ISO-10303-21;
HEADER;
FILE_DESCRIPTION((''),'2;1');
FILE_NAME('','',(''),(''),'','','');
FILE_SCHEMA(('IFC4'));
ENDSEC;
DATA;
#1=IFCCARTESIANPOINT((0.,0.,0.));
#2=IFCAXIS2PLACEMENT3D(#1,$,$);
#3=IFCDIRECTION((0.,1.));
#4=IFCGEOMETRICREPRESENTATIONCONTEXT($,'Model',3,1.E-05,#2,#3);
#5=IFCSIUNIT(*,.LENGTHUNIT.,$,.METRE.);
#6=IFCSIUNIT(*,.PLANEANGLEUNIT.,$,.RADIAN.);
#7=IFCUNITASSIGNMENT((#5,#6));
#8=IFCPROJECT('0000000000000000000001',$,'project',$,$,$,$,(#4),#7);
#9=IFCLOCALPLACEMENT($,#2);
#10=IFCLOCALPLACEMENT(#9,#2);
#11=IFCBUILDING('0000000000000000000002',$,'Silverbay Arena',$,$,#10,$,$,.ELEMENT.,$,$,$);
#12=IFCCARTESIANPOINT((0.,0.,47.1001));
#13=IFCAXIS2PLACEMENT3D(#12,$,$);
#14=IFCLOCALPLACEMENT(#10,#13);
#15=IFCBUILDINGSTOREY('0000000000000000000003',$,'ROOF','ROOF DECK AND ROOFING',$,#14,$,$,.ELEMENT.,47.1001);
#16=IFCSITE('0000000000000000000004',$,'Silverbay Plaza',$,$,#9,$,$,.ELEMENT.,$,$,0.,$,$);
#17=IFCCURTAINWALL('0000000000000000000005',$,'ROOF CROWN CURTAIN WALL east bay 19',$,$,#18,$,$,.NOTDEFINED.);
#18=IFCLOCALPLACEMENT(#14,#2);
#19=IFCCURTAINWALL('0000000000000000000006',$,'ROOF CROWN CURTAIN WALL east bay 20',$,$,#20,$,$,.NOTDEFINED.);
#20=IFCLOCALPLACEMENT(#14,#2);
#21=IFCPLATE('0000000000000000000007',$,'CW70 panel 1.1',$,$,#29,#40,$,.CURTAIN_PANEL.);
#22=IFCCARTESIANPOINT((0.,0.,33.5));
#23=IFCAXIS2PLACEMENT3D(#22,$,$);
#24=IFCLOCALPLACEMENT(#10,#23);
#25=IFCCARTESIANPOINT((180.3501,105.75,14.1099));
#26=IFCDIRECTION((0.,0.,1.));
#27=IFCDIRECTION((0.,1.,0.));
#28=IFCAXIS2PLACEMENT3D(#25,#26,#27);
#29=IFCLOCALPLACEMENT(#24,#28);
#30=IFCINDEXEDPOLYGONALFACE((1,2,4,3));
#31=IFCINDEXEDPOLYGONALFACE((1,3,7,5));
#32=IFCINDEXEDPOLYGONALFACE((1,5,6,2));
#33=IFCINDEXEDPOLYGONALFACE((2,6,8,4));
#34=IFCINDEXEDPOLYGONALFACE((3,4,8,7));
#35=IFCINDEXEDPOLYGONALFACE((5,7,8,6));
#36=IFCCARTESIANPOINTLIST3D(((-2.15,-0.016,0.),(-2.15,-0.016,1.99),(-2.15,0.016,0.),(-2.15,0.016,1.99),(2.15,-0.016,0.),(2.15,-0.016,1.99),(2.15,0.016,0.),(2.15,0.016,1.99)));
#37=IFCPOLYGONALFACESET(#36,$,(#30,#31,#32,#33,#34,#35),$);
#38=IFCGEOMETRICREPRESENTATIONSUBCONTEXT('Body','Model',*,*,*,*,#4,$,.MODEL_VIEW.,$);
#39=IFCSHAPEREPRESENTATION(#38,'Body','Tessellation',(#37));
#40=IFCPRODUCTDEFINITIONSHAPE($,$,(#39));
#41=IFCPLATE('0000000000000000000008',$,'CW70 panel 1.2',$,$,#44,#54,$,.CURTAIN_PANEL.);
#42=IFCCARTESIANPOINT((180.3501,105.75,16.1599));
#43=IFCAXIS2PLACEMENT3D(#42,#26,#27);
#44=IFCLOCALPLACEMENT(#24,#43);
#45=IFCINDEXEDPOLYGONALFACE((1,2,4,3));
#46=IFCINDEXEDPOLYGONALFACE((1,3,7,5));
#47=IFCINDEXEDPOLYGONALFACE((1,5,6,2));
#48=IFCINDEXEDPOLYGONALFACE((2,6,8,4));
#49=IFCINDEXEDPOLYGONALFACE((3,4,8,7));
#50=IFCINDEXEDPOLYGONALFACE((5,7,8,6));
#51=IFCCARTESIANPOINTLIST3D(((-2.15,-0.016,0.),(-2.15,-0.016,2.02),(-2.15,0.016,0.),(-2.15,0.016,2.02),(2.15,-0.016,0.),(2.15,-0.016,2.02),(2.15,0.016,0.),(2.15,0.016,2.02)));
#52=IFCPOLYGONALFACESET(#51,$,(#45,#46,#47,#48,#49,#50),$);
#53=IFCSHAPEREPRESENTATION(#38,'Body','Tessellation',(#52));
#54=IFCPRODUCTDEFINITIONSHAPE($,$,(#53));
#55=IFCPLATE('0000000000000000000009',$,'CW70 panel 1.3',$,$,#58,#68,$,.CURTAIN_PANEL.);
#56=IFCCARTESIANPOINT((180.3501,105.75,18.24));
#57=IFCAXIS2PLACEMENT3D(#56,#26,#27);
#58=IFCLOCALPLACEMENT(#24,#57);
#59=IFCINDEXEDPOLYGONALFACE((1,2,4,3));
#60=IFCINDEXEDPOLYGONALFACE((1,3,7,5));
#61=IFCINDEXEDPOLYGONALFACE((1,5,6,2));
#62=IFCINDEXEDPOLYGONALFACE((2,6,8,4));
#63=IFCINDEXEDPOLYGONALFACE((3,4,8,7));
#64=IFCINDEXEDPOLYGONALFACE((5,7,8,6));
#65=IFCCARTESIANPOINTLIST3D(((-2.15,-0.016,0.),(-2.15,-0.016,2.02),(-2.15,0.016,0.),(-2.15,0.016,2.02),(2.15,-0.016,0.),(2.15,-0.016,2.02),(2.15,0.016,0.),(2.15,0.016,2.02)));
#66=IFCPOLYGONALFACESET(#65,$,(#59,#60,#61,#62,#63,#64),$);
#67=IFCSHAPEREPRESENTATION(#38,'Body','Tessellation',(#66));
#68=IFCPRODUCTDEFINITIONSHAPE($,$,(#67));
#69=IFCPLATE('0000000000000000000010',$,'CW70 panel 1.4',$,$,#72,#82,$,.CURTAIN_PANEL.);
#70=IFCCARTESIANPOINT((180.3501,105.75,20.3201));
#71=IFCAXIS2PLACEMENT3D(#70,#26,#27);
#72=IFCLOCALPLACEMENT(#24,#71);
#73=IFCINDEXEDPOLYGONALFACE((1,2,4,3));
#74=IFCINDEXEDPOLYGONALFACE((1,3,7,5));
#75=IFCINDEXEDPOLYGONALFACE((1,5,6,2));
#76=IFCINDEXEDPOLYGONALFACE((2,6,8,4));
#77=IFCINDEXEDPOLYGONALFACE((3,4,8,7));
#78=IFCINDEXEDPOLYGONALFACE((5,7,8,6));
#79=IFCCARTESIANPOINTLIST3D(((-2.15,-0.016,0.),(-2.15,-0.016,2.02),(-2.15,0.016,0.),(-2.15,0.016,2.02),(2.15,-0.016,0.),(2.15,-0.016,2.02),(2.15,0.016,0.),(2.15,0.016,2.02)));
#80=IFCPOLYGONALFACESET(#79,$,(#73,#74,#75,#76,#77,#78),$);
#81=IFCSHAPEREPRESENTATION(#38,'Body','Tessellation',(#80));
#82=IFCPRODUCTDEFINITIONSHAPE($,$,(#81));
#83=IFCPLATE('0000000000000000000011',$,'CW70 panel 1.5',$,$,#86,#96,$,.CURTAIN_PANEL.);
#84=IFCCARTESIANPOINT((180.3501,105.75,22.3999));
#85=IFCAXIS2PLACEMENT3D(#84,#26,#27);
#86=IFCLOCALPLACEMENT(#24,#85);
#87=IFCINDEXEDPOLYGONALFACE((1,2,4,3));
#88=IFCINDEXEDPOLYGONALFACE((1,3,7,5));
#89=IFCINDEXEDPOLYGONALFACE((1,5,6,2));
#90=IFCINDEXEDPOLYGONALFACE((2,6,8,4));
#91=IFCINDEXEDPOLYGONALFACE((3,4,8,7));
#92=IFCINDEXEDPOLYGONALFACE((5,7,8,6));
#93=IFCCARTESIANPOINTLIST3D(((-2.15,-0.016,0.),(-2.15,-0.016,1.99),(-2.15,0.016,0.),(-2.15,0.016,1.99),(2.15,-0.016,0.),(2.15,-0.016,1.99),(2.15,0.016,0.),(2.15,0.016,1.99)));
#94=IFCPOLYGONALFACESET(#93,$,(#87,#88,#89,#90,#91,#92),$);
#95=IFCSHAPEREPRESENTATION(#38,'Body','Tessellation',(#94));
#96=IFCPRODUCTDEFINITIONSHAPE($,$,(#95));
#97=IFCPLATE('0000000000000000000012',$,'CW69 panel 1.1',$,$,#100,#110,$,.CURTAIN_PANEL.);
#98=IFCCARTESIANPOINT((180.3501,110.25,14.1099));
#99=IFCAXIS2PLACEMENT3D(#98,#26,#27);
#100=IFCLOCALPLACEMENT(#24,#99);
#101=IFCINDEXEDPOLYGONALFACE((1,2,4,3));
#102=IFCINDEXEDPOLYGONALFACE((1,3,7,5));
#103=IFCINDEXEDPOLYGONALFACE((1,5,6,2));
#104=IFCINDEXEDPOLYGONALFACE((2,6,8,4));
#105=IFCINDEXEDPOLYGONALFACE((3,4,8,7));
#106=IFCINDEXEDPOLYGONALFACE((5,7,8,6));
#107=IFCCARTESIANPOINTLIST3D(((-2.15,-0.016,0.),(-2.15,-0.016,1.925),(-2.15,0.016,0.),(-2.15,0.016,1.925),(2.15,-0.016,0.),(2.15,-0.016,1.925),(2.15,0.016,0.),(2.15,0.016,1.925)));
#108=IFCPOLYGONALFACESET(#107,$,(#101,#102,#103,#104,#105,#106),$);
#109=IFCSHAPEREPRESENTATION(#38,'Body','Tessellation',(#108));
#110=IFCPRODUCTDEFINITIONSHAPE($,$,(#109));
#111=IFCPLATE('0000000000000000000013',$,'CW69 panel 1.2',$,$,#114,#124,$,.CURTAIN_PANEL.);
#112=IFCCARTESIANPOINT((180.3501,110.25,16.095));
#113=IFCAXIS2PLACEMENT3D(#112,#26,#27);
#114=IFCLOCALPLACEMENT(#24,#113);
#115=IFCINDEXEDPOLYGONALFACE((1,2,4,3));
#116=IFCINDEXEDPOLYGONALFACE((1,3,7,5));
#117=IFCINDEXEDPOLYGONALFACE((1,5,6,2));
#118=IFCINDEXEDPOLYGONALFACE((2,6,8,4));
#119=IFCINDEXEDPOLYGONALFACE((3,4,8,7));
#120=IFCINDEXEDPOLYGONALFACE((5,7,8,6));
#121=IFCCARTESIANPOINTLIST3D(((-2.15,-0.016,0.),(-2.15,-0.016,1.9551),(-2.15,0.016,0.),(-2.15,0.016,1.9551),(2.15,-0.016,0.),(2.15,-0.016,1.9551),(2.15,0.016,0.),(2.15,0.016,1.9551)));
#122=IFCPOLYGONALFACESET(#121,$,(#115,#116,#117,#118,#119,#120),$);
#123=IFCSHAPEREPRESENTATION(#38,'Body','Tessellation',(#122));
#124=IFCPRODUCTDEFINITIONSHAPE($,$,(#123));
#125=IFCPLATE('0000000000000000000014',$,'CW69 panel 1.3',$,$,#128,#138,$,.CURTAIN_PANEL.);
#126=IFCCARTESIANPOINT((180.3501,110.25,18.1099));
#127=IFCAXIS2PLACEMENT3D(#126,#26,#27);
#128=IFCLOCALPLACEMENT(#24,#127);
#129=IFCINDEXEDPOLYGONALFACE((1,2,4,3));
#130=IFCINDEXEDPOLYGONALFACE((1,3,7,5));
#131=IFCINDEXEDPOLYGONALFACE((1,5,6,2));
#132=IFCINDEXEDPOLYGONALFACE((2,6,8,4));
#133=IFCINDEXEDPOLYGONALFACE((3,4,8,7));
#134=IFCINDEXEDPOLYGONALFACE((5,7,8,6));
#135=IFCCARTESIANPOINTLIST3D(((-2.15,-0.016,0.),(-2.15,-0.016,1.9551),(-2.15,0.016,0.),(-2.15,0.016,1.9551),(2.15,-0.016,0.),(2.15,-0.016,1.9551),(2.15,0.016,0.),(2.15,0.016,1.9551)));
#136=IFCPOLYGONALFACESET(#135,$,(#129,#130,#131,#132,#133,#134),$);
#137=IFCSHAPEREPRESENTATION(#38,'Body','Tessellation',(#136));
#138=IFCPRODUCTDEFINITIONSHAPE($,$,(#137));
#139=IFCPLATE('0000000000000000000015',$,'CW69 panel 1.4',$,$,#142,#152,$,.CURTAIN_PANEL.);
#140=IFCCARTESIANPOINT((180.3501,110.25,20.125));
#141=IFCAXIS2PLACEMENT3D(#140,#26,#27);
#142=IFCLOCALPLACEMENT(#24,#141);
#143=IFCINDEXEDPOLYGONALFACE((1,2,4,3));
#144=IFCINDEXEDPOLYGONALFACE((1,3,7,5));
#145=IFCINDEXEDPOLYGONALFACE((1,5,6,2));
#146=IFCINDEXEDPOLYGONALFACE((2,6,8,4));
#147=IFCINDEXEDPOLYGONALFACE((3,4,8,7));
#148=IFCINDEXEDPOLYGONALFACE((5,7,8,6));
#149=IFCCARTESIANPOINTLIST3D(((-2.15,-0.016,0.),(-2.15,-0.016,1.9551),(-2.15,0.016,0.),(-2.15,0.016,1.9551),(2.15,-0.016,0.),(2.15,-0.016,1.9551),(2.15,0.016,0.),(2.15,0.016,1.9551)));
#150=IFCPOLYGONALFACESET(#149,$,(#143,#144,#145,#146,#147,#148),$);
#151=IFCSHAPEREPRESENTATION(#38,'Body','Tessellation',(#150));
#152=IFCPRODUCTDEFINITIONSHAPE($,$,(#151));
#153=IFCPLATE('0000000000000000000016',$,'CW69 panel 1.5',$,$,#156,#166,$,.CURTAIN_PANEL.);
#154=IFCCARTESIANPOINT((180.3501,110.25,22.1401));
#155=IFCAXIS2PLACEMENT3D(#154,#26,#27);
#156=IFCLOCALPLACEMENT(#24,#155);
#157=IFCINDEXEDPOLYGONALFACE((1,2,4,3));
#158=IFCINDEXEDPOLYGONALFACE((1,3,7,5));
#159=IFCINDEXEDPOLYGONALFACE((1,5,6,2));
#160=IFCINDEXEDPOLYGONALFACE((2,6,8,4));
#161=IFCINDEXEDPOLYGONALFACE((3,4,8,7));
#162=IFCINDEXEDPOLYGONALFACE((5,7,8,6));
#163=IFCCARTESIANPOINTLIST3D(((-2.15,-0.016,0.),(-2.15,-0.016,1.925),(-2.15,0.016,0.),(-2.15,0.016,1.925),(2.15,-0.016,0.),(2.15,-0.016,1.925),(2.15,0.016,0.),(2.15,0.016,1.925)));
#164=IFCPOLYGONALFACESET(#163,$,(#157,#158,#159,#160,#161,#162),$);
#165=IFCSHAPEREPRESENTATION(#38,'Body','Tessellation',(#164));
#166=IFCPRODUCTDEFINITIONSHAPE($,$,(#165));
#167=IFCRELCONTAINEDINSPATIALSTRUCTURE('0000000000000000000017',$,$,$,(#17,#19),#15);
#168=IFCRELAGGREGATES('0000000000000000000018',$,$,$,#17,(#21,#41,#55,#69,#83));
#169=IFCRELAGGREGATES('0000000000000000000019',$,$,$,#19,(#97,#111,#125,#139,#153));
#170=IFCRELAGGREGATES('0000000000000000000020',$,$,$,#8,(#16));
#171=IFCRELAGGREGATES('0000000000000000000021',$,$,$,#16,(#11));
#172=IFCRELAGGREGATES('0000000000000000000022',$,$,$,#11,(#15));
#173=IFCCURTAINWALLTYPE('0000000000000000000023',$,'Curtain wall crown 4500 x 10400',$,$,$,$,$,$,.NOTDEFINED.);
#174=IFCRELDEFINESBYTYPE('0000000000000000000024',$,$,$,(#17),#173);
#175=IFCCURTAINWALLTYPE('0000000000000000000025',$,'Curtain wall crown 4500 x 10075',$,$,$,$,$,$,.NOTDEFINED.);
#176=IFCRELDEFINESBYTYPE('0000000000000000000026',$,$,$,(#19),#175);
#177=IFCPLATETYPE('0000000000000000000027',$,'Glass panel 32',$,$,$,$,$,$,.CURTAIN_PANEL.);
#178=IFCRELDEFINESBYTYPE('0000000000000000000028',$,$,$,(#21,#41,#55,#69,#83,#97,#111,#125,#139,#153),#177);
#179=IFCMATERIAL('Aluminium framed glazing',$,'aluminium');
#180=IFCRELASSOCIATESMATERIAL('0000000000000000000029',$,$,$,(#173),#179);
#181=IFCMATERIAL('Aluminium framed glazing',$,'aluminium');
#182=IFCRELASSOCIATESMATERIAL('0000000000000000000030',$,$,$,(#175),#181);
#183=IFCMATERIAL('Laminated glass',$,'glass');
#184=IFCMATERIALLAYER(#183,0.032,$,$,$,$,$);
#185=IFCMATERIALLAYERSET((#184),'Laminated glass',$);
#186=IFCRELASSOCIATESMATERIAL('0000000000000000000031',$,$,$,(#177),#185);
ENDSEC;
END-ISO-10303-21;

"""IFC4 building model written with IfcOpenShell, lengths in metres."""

from ifc_helpers import new_model, si_unit, direction, frame, origin, origin_2d, place, context, subcontext, project, spatial, rectangle, extrude, material, layer, layer_set, type_object, element, aggregate, save


model = new_model("IFC4")

# Units and contexts
model_context = context("Model", 3, precision=1e-05, world=origin(), true_north=direction((0.0, 1.0)))
body_context = subcontext(model_context, "Body", "Model", "MODEL_VIEW")
ifc_project = project(units=[si_unit("LENGTHUNIT", "METRE"), si_unit("PLANEANGLEUNIT", "RADIAN")], contexts=[model_context])

# Site, building, storey
site_placement = place(None, origin())
site = spatial("IfcSite", under=ifc_project, at=site_placement, Name="Silverbay Plaza", CompositionType="ELEMENT", RefElevation=0.0)
building_placement = place(site_placement, origin())
building = spatial("IfcBuilding", under=site, at=building_placement, Name="Silverbay Arena", CompositionType="ELEMENT")
storey_placement = place(building_placement, frame((0.0, 0.0, 47.1001)))
storey = spatial("IfcBuildingStorey", under=building, at=storey_placement, Name="ROOF", Description="ROOF DECK AND ROOFING", CompositionType="ELEMENT", Elevation=47.1001)

# Curtain wall
ifc_material_1 = material(Name="Aluminium framed glazing", Category="aluminium")
curtain_wall_type_1 = type_object("IfcCurtainWallType", Name="Curtain wall crown 4500 x 10400", PredefinedType="NOTDEFINED", material=ifc_material_1)
curtain_wall_1_placement = place(storey_placement, origin())
curtain_wall_1 = element("IfcCurtainWall", 1, at=curtain_wall_1_placement, inside=storey, type_object=curtain_wall_type_1, Name="ROOF CROWN CURTAIN WALL east bay 19", PredefinedType="NOTDEFINED")
placement = place(building_placement, frame((0.0, 0.0, 33.5)))

# Curtain wall
ifc_material_2 = material(Name="Aluminium framed glazing", Category="aluminium")
curtain_wall_type_2 = type_object("IfcCurtainWallType", Name="Curtain wall crown 4500 x 10075", PredefinedType="NOTDEFINED", material=ifc_material_2)
curtain_wall_2_placement = place(storey_placement, origin())
curtain_wall_2 = element("IfcCurtainWall", 2, at=curtain_wall_2_placement, inside=storey, type_object=curtain_wall_type_2, Name="ROOF CROWN CURTAIN WALL east bay 20", PredefinedType="NOTDEFINED")

# Plates
ifc_material_3 = material(Name="Laminated glass", Category="glass")
ifc_layer_1 = layer(ifc_material_3, 0.032)
ifc_layer_set_1 = layer_set([ifc_layer_1], Name="Laminated glass")
plate_type = type_object("IfcPlateType", Name="Glass panel 32", PredefinedType="CURTAIN_PANEL", material=ifc_layer_set_1)
plate_1_placement = place(placement, frame((180.3501, 105.75, 14.1099), z_axis=(0.0, 0.0, 1.0), x_axis=(0.0, 1.0, 0.0)))
plate_1 = element("IfcPlate", 3, at=plate_1_placement, type_object=plate_type, Name="CW70 panel 1.1", PredefinedType="CURTAIN_PANEL", context=body_context, shape_type="SweptSolid", body=[
    extrude(rectangle(XDim=4.3, YDim=0.032, at=origin_2d()), origin(), (0.0, 0.0, 1.0), 1.99),
])
plate_2_placement = place(placement, frame((180.3501, 105.75, 16.1599), z_axis=(0.0, 0.0, 1.0), x_axis=(0.0, 1.0, 0.0)))
plate_2 = element("IfcPlate", 4, at=plate_2_placement, type_object=plate_type, Name="CW70 panel 1.2", PredefinedType="CURTAIN_PANEL", context=body_context, shape_type="SweptSolid", body=[
    extrude(rectangle(XDim=4.3, YDim=0.032, at=origin_2d()), origin(), (0.0, 0.0, 1.0), 2.02),
])
plate_3_placement = place(placement, frame((180.3501, 105.75, 18.24), z_axis=(0.0, 0.0, 1.0), x_axis=(0.0, 1.0, 0.0)))
plate_3 = element("IfcPlate", 5, at=plate_3_placement, type_object=plate_type, Name="CW70 panel 1.3", PredefinedType="CURTAIN_PANEL", context=body_context, shape_type="SweptSolid", body=[
    extrude(rectangle(XDim=4.3, YDim=0.032, at=origin_2d()), origin(), (0.0, 0.0, 1.0), 2.02),
])
plate_4_placement = place(placement, frame((180.3501, 105.75, 20.3201), z_axis=(0.0, 0.0, 1.0), x_axis=(0.0, 1.0, 0.0)))
plate_4 = element("IfcPlate", 6, at=plate_4_placement, type_object=plate_type, Name="CW70 panel 1.4", PredefinedType="CURTAIN_PANEL", context=body_context, shape_type="SweptSolid", body=[
    extrude(rectangle(XDim=4.3, YDim=0.032, at=origin_2d()), origin(), (0.0, 0.0, 1.0), 2.02),
])
plate_5_placement = place(placement, frame((180.3501, 105.75, 22.3999), z_axis=(0.0, 0.0, 1.0), x_axis=(0.0, 1.0, 0.0)))
plate_5 = element("IfcPlate", 7, at=plate_5_placement, type_object=plate_type, Name="CW70 panel 1.5", PredefinedType="CURTAIN_PANEL", context=body_context, shape_type="SweptSolid", body=[
    extrude(rectangle(XDim=4.3, YDim=0.032, at=origin_2d()), origin(), (0.0, 0.0, 1.0), 1.99),
])
aggregate(curtain_wall_1, [plate_1, plate_2, plate_3, plate_4, plate_5])
plate_6_placement = place(placement, frame((180.3501, 110.25, 14.1099), z_axis=(0.0, 0.0, 1.0), x_axis=(0.0, 1.0, 0.0)))
plate_6 = element("IfcPlate", 8, at=plate_6_placement, type_object=plate_type, Name="CW69 panel 1.1", PredefinedType="CURTAIN_PANEL", context=body_context, shape_type="SweptSolid", body=[
    extrude(rectangle(XDim=4.3, YDim=0.032, at=origin_2d()), origin(), (0.0, 0.0, 1.0), 1.925),
])
plate_7_placement = place(placement, frame((180.3501, 110.25, 16.095), z_axis=(0.0, 0.0, 1.0), x_axis=(0.0, 1.0, 0.0)))
plate_7 = element("IfcPlate", 9, at=plate_7_placement, type_object=plate_type, Name="CW69 panel 1.2", PredefinedType="CURTAIN_PANEL", context=body_context, shape_type="SweptSolid", body=[
    extrude(rectangle(XDim=4.3, YDim=0.032, at=origin_2d()), origin(), (0.0, 0.0, 1.0), 1.9551),
])
plate_8_placement = place(placement, frame((180.3501, 110.25, 18.1099), z_axis=(0.0, 0.0, 1.0), x_axis=(0.0, 1.0, 0.0)))
plate_8 = element("IfcPlate", 10, at=plate_8_placement, type_object=plate_type, Name="CW69 panel 1.3", PredefinedType="CURTAIN_PANEL", context=body_context, shape_type="SweptSolid", body=[
    extrude(rectangle(XDim=4.3, YDim=0.032, at=origin_2d()), origin(), (0.0, 0.0, 1.0), 1.9551),
])
plate_9_placement = place(placement, frame((180.3501, 110.25, 20.125), z_axis=(0.0, 0.0, 1.0), x_axis=(0.0, 1.0, 0.0)))
plate_9 = element("IfcPlate", 11, at=plate_9_placement, type_object=plate_type, Name="CW69 panel 1.4", PredefinedType="CURTAIN_PANEL", context=body_context, shape_type="SweptSolid", body=[
    extrude(rectangle(XDim=4.3, YDim=0.032, at=origin_2d()), origin(), (0.0, 0.0, 1.0), 1.9551),
])
plate_10_placement = place(placement, frame((180.3501, 110.25, 22.1401), z_axis=(0.0, 0.0, 1.0), x_axis=(0.0, 1.0, 0.0)))
plate_10 = element("IfcPlate", 12, at=plate_10_placement, type_object=plate_type, Name="CW69 panel 1.5", PredefinedType="CURTAIN_PANEL", context=body_context, shape_type="SweptSolid", body=[
    extrude(rectangle(XDim=4.3, YDim=0.032, at=origin_2d()), origin(), (0.0, 0.0, 1.0), 1.925),
])
aggregate(curtain_wall_2, [plate_6, plate_7, plate_8, plate_9, plate_10])

save(model, "model.ifc")
